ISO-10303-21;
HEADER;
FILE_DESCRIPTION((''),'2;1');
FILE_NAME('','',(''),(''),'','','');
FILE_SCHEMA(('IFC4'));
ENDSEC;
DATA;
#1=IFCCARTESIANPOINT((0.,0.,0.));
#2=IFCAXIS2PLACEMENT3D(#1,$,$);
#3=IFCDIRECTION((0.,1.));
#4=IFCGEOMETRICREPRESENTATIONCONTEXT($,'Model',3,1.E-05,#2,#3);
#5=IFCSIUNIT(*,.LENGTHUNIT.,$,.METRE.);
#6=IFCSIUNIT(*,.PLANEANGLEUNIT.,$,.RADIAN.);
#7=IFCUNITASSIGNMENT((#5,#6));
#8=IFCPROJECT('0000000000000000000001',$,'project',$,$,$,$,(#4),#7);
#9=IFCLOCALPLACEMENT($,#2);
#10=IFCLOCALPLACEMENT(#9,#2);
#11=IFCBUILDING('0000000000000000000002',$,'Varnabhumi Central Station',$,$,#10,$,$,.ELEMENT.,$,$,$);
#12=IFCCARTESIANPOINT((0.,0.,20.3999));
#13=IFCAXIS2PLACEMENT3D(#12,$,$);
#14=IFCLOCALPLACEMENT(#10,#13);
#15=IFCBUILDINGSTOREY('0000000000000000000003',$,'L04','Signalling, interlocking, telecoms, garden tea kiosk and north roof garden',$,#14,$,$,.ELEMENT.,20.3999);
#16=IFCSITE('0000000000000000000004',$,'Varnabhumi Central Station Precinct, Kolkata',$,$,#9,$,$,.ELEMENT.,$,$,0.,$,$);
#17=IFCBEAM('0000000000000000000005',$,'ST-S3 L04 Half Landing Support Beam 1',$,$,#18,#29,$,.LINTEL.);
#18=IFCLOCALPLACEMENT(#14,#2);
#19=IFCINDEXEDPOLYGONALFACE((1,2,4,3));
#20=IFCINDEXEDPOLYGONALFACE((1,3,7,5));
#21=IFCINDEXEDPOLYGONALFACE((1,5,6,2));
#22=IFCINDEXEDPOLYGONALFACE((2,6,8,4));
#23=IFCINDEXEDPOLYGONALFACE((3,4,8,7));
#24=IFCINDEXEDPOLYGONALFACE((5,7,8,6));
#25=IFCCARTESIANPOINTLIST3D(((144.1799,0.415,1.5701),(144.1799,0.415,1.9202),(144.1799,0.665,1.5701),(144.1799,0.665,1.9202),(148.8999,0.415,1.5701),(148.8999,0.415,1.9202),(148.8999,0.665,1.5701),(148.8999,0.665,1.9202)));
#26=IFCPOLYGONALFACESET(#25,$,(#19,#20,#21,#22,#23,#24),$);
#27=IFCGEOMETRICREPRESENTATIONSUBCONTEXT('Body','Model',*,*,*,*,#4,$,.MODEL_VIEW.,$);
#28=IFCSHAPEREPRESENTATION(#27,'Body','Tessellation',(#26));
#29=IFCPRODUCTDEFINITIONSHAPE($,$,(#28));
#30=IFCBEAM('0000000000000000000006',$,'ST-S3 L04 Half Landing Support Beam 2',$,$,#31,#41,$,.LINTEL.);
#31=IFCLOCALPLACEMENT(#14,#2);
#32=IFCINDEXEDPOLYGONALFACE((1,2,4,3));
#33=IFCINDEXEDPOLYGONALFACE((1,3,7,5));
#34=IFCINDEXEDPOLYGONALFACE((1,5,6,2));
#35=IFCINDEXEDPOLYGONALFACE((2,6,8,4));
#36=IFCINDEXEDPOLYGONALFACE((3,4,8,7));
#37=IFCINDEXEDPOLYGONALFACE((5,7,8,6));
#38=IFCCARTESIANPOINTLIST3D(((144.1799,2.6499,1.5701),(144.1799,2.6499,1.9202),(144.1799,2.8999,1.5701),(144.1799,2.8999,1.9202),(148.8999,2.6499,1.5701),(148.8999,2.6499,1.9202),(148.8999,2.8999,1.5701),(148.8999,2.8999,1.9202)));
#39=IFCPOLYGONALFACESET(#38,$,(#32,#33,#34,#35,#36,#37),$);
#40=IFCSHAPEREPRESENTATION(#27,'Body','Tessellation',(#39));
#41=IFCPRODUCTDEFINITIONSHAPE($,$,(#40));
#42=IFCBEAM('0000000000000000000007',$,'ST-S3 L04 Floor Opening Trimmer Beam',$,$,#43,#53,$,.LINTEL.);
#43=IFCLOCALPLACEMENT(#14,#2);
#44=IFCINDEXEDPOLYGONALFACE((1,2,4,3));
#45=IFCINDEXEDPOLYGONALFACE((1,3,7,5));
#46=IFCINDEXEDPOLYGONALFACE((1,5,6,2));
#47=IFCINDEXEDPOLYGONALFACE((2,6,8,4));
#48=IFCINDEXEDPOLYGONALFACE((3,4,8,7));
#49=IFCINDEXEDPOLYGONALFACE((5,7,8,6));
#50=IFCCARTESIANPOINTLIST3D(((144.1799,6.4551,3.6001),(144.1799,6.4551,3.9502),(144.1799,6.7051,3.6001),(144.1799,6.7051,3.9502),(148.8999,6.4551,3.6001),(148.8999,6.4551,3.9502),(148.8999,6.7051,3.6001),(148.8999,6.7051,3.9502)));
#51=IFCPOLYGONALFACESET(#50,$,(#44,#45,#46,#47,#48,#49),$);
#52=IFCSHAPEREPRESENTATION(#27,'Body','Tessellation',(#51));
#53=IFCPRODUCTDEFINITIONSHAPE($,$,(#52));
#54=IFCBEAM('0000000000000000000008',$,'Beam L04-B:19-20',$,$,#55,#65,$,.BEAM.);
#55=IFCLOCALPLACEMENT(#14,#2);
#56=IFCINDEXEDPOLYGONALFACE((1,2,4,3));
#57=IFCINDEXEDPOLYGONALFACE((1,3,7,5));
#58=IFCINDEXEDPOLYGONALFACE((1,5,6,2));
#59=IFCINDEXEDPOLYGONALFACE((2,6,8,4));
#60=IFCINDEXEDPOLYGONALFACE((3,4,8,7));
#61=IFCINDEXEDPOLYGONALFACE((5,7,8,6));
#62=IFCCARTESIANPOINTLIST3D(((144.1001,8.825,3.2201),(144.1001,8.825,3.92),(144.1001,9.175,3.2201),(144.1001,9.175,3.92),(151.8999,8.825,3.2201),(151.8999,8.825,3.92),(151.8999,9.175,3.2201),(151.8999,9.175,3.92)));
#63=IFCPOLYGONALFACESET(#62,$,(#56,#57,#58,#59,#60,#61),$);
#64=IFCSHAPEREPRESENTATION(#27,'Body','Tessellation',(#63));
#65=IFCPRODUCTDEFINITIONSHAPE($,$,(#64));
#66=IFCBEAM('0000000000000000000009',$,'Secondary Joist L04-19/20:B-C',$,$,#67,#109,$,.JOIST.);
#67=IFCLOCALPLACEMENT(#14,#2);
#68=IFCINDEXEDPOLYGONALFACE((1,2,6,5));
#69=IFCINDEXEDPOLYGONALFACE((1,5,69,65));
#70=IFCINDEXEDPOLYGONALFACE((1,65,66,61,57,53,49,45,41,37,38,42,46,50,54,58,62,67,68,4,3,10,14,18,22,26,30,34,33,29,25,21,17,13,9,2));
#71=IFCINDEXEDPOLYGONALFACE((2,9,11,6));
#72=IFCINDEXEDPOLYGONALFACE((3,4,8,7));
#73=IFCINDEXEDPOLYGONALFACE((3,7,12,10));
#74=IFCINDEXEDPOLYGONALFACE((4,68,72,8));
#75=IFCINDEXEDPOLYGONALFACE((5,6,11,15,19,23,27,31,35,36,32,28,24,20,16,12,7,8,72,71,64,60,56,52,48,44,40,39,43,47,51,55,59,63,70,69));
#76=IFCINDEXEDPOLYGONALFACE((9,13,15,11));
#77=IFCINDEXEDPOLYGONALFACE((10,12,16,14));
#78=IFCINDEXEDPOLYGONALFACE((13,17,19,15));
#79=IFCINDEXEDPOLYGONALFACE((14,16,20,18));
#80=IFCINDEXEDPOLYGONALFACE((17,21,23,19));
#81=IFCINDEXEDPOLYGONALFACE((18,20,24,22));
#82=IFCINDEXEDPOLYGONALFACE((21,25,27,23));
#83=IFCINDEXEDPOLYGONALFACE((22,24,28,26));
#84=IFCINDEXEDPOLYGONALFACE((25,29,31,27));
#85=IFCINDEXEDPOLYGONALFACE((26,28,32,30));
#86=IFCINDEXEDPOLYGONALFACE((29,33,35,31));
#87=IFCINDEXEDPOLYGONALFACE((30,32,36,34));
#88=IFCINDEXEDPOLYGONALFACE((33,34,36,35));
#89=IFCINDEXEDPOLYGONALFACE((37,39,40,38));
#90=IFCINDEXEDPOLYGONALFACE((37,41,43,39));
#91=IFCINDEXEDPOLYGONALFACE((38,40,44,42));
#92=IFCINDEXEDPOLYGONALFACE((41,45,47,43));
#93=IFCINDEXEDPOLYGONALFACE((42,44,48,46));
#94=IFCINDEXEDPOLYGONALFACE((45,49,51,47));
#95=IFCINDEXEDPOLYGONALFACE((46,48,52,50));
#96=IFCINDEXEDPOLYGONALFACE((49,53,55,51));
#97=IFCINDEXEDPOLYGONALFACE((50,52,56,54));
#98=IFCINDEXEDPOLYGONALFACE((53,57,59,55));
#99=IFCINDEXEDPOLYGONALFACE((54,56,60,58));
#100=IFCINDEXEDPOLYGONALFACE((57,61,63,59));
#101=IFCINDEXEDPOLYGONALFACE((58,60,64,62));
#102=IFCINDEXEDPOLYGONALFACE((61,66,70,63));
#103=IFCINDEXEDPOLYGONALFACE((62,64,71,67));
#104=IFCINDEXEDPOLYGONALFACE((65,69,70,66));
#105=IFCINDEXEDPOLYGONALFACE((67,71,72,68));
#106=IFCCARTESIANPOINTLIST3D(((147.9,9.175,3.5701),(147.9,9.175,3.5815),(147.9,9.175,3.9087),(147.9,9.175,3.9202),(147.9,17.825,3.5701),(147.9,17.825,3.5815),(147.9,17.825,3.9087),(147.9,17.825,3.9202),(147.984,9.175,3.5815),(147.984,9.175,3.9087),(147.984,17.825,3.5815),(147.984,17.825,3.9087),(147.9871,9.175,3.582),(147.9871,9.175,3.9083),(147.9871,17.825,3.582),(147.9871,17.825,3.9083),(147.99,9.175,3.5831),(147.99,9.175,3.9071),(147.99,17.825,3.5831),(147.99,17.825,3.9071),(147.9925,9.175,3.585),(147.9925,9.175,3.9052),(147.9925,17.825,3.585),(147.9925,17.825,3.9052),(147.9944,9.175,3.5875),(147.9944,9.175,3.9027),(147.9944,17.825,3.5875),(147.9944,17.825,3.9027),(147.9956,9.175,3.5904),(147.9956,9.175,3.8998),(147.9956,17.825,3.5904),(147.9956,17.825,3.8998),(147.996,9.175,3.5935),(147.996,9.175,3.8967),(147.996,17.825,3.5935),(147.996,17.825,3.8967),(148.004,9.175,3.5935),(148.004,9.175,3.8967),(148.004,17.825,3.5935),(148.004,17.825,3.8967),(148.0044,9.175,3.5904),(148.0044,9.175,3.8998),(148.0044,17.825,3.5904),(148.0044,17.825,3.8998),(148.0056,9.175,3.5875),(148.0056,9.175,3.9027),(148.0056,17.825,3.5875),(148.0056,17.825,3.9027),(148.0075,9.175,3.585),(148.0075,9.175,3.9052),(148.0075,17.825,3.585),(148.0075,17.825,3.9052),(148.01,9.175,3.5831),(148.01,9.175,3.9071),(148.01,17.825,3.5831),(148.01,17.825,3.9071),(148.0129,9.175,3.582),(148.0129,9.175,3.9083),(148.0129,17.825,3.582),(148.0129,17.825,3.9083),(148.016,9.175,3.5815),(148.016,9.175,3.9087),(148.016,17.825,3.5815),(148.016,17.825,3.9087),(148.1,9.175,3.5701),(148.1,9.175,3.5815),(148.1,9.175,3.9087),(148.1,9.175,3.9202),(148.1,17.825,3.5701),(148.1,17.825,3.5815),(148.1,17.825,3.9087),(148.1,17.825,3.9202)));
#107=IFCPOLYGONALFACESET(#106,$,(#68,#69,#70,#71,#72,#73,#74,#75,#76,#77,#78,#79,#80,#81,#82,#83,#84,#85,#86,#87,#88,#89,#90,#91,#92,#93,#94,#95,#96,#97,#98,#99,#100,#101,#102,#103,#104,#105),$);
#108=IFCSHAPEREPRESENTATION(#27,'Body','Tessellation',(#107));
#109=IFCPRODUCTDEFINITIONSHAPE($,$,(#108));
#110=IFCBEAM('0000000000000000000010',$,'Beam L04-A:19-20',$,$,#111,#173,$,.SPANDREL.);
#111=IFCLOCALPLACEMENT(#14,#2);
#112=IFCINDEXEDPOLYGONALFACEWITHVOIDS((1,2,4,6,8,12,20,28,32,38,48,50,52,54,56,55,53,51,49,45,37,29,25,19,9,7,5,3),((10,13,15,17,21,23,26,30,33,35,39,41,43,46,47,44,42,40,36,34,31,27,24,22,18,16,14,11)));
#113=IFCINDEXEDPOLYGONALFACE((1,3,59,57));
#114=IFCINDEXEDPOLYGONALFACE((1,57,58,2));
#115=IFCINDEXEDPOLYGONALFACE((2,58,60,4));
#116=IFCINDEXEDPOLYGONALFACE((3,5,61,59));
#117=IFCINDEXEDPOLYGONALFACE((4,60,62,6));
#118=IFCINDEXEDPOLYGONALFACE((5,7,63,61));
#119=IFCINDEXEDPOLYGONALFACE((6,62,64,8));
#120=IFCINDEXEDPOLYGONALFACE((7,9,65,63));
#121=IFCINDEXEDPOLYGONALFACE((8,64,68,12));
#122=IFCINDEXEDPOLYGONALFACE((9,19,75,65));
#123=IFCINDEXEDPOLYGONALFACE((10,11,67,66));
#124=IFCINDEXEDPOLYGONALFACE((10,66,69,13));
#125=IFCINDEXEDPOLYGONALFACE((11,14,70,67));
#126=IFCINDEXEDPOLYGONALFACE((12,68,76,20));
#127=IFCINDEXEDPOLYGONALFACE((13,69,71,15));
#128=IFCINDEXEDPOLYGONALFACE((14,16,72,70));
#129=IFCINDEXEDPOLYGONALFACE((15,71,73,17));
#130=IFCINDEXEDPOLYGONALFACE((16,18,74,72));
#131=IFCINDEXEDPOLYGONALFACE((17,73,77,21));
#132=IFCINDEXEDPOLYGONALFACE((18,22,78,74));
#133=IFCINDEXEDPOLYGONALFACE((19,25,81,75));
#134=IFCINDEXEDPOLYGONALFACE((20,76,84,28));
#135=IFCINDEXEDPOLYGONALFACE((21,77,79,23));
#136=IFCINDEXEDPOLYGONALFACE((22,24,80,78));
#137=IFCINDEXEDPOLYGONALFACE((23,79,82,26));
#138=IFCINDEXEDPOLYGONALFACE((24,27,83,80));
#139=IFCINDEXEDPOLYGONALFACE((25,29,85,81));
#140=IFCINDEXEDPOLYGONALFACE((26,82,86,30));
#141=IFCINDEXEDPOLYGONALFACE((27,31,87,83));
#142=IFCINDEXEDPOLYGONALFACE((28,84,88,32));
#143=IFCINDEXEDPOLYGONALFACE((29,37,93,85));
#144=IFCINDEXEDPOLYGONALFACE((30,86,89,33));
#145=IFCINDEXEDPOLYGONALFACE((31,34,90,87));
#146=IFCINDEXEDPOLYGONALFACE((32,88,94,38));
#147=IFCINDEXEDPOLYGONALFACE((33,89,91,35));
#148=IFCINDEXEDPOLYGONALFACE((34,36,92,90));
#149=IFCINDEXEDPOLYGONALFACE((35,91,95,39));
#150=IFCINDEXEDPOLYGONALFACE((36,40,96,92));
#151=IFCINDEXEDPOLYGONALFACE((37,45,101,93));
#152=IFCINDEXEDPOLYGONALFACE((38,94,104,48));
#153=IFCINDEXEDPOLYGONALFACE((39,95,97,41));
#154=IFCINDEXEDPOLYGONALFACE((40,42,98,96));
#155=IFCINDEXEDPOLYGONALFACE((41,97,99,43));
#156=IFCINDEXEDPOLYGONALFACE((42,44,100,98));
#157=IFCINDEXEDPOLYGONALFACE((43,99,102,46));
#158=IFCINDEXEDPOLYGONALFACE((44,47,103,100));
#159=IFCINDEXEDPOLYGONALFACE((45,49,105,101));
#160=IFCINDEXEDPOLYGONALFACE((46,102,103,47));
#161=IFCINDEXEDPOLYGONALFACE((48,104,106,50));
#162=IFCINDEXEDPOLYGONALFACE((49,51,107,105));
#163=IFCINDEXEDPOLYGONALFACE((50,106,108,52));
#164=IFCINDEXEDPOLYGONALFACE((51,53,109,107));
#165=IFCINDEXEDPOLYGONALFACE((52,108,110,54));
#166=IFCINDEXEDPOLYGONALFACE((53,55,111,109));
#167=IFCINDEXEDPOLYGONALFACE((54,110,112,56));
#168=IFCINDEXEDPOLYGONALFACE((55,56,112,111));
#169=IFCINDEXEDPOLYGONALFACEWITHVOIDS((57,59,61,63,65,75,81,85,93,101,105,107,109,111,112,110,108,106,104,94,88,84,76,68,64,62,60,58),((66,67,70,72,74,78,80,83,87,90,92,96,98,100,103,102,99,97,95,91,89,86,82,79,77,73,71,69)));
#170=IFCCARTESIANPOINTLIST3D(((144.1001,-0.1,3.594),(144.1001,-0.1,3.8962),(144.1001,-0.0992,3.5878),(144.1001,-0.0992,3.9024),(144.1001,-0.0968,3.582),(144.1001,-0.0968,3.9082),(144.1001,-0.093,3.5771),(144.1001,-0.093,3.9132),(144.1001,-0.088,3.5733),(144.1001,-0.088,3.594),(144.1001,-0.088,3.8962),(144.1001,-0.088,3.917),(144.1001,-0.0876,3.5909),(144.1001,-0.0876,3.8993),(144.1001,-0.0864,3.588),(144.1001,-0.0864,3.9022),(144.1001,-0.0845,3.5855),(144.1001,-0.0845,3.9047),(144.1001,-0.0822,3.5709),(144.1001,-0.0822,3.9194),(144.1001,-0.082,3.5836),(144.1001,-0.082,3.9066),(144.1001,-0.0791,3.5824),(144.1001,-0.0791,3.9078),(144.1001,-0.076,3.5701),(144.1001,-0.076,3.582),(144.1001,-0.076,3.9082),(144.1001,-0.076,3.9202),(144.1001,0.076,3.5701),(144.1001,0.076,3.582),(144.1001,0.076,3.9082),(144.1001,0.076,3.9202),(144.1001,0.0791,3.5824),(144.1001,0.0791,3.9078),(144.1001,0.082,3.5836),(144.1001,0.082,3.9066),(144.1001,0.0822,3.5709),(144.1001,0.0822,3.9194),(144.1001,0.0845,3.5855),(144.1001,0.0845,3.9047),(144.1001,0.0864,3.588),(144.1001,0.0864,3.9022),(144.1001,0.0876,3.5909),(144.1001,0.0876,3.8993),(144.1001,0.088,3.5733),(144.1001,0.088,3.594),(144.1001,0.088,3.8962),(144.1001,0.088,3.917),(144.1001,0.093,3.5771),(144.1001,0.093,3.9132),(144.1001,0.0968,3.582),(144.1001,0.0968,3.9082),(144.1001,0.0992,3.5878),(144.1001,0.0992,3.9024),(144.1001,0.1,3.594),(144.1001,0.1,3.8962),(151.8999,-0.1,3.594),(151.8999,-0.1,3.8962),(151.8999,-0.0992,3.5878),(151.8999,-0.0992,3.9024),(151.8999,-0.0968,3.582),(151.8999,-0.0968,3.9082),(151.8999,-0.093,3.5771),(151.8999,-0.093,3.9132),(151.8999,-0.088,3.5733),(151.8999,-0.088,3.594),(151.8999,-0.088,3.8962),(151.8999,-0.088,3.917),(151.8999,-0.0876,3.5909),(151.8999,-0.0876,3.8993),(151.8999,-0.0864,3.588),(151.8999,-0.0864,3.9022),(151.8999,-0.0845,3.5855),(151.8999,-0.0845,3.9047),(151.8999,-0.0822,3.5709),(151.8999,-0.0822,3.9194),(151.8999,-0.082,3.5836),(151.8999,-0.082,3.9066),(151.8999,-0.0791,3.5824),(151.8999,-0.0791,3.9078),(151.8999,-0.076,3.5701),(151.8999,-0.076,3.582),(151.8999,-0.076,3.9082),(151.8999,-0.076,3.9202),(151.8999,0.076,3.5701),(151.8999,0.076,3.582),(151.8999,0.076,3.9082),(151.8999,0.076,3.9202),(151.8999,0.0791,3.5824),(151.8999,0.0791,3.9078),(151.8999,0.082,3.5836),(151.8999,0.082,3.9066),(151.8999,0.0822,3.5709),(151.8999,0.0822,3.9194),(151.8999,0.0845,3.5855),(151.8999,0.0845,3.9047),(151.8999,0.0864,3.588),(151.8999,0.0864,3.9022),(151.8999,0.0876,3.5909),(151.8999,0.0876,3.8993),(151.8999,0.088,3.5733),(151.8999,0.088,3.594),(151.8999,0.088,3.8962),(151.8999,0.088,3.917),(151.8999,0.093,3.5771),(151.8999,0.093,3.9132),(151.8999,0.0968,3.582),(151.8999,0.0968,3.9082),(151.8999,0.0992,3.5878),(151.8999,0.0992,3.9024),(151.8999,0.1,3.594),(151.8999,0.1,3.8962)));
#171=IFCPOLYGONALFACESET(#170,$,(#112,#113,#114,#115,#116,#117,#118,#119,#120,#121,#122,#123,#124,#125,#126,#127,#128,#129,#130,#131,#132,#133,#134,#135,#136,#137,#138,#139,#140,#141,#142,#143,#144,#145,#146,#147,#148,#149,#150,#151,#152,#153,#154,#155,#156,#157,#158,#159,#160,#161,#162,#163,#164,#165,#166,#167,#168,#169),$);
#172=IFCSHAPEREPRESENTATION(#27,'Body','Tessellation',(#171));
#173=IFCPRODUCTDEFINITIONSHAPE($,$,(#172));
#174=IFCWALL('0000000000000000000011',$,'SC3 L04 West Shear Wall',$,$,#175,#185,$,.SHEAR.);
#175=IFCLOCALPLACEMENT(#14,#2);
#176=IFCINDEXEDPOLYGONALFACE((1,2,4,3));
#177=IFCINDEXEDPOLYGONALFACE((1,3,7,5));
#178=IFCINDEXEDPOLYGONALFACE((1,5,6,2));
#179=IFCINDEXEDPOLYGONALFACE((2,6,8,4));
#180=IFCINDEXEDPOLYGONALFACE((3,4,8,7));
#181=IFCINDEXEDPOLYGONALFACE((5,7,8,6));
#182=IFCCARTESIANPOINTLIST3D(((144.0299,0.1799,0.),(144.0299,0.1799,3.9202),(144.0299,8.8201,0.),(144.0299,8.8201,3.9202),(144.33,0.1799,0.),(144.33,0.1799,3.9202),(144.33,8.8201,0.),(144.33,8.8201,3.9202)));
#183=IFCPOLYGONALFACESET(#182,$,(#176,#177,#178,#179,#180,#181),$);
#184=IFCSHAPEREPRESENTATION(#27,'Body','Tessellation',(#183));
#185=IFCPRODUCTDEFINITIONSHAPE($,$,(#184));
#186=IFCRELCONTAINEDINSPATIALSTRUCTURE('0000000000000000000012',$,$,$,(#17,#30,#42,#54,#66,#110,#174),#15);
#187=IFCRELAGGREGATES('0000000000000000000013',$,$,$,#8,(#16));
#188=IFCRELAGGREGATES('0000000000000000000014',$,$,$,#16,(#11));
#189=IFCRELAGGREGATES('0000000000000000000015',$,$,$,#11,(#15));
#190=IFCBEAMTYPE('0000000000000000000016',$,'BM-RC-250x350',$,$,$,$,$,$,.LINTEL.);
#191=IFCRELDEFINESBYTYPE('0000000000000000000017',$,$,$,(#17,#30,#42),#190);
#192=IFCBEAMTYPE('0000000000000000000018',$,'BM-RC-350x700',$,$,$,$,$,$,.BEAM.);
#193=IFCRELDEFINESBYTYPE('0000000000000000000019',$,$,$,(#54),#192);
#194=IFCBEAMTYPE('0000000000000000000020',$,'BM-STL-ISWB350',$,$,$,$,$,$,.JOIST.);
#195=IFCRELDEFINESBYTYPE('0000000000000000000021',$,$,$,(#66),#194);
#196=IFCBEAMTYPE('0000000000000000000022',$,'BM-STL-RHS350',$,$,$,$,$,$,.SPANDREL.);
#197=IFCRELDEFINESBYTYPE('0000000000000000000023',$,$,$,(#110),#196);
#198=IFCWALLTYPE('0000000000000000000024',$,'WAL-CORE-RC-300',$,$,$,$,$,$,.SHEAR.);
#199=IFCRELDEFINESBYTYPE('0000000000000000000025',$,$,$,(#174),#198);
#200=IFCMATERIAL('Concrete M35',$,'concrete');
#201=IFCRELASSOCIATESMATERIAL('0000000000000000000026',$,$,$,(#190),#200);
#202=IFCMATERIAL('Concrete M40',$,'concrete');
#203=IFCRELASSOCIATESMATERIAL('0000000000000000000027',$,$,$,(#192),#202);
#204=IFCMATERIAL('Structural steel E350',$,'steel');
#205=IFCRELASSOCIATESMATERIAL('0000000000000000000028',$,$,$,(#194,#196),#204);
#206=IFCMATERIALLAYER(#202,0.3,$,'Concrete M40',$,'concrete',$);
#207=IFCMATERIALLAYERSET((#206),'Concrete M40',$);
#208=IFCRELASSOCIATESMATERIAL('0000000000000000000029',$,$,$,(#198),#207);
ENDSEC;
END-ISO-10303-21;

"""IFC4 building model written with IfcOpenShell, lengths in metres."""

from ifc_helpers import new_model, si_unit, direction, frame, frame_2d, origin, origin_2d, place, context, subcontext, project, spatial, rectangle, hollow_rectangle, i_section, extrude, material, layer, layer_set, material_profile, profile_set, type_object, element, save


model = new_model("IFC4")

# Units and contexts
model_context = context("Model", 3, precision=1e-05, world=origin(), true_north=direction((0.0, 1.0)))
body_context = subcontext(model_context, "Body", "Model", "MODEL_VIEW")
ifc_project = project(units=[si_unit("LENGTHUNIT", "METRE"), si_unit("PLANEANGLEUNIT", "RADIAN")], contexts=[model_context])

# Site, building, storey
site_placement = place(None, origin())
site = spatial("IfcSite", under=ifc_project, at=site_placement, Name="Varnabhumi Central Station Precinct, Kolkata", CompositionType="ELEMENT", RefElevation=0.0)
building_placement = place(site_placement, origin())
building = spatial("IfcBuilding", under=site, at=building_placement, Name="Varnabhumi Central Station", CompositionType="ELEMENT")
storey_placement = place(building_placement, frame((0.0, 0.0, 20.3999)))
storey = spatial("IfcBuildingStorey", under=building, at=storey_placement, Name="L04", Description="Signalling, interlocking, telecoms, garden tea kiosk and north roof garden", CompositionType="ELEMENT", Elevation=20.3999)

# Beams
ifc_material_1 = material(Name="Concrete M35", Category="concrete")
ifc_material_profile_1 = material_profile(ifc_material_1, rectangle(XDim=0.25, YDim=0.3501, at=origin_2d()), Name="Concrete M35", Category="concrete")
ifc_profile_set_1 = profile_set([ifc_material_profile_1], Name="Concrete M35")
beam_type_1 = type_object("IfcBeamType", Name="BM-RC-250x350", PredefinedType="LINTEL", material=ifc_profile_set_1)
for number, where, z_axis, x_axis, name in (
    (1, (144.1799, 0.54, 1.7451), (1.0, 0.0, 0.0), (0.0, 1.0, 0.0), "ST-S3 L04 Half Landing Support Beam 1"),
    (2, (144.1799, 2.7749, 1.7451), (1.0, 0.0, 0.0), (0.0, 1.0, 0.0), "ST-S3 L04 Half Landing Support Beam 2"),
    (3, (144.1799, 6.5801, 3.7751), (1.0, 0.0, 0.0), (0.0, 1.0, 0.0), "ST-S3 L04 Floor Opening Trimmer Beam"),
):
    element("IfcBeam", number, at=place(storey_placement, frame(where, z_axis=z_axis, x_axis=x_axis)), inside=storey, type_object=beam_type_1, Name=name, PredefinedType="LINTEL", context=body_context, shape_type="SweptSolid", body=[
        extrude(rectangle(XDim=0.25, YDim=0.3501, at=origin_2d()), origin(), (0.0, 0.0, 1.0), 4.72),
    ])
ifc_material_2 = material(Name="Concrete M40", Category="concrete")
ifc_material_profile_2 = material_profile(ifc_material_2, rectangle(XDim=0.3501, YDim=0.7, at=origin_2d()), Name="Concrete M40", Category="concrete")
ifc_profile_set_2 = profile_set([ifc_material_profile_2], Name="Concrete M40")
beam_type_2 = type_object("IfcBeamType", Name="BM-RC-350x700", PredefinedType="BEAM", material=ifc_profile_set_2)
beam_1_placement = place(storey_placement, frame((144.1001, 9.0, 3.5701), z_axis=(1.0, 0.0, 0.0), x_axis=(0.0, 1.0, 0.0)))
element("IfcBeam", 4, at=beam_1_placement, inside=storey, type_object=beam_type_2, Name="Beam L04-B:19-20", PredefinedType="BEAM", context=body_context, shape_type="SweptSolid", body=[
    extrude(rectangle(XDim=0.3501, YDim=0.7, at=origin_2d()), origin(), (0.0, 0.0, 1.0), 7.7998),
])
ifc_material_3 = material(Name="Structural steel E350", Category="steel")
ifc_material_profile_3 = material_profile(ifc_material_3, i_section(OverallWidth=0.2, OverallDepth=0.3501, WebThickness=0.0081, FlangeThickness=0.0115, FilletRadius=0.012, at=origin_2d()), Name="Structural steel E350", Category="steel")
ifc_profile_set_3 = profile_set([ifc_material_profile_3], Name="Structural steel E350")
beam_type_3 = type_object("IfcBeamType", Name="BM-STL-ISWB350", PredefinedType="JOIST", material=ifc_profile_set_3)
beam_2_placement = place(storey_placement, frame((148.0, 9.175, 3.7451), z_axis=(0.0, 1.0, 0.0), x_axis=(-1.0, 0.0, 0.0)))
element("IfcBeam", 5, at=beam_2_placement, inside=storey, type_object=beam_type_3, Name="Secondary Joist L04-19/20:B-C", PredefinedType="JOIST", context=body_context, shape_type="SweptSolid", body=[
    extrude(i_section(OverallWidth=0.2, OverallDepth=0.3501, WebThickness=0.0081, FlangeThickness=0.0115, FilletRadius=0.012, at=origin_2d()), origin(), (0.0, 0.0, 1.0), 8.6499),
])
ifc_material_profile_4 = material_profile(ifc_material_3, hollow_rectangle(XDim=0.2, YDim=0.3501, WallThickness=0.012, InnerFilletRadius=0.012, OuterFilletRadius=0.0239, at=origin_2d()), Name="Structural steel E350", Category="steel")
ifc_profile_set_4 = profile_set([ifc_material_profile_4], Name="Structural steel E350")
beam_type_4 = type_object("IfcBeamType", Name="BM-STL-RHS350", PredefinedType="SPANDREL", material=ifc_profile_set_4)
beam_3_placement = place(storey_placement, frame((144.1001, 0.0, 3.7451), z_axis=(1.0, 0.0, 0.0), x_axis=(0.0, 1.0, 0.0)))
element("IfcBeam", 6, at=beam_3_placement, inside=storey, type_object=beam_type_4, Name="Beam L04-A:19-20", PredefinedType="SPANDREL", context=body_context, shape_type="SweptSolid", body=[
    extrude(hollow_rectangle(XDim=0.2, YDim=0.3501, WallThickness=0.012, InnerFilletRadius=0.012, OuterFilletRadius=0.0239, at=origin_2d()), origin(), (0.0, 0.0, 1.0), 7.7998),
])

# Wall
ifc_layer_1 = layer(ifc_material_2, 0.3, Name="Concrete M40", Category="concrete")
ifc_layer_set_1 = layer_set([ifc_layer_1], Name="Concrete M40")
wall_type_1 = type_object("IfcWallType", Name="WAL-CORE-RC-300", PredefinedType="SHEAR", material=ifc_layer_set_1)
wall_1_placement = place(storey_placement, frame((144.1799, 0.1799, 0.0), z_axis=(0.0, 0.0, 1.0), x_axis=(0.0, 1.0, 0.0)))
element("IfcWall", 7, at=wall_1_placement, inside=storey, type_object=wall_type_1, Name="SC3 L04 West Shear Wall", PredefinedType="SHEAR", context=body_context, shape_type="SweptSolid", body=[
    extrude(rectangle(XDim=8.6401, YDim=0.3, at=frame_2d((4.3201, 0.0))), origin(), (0.0, 0.0, 1.0), 3.9202),
])

save(model, "model.ifc")
